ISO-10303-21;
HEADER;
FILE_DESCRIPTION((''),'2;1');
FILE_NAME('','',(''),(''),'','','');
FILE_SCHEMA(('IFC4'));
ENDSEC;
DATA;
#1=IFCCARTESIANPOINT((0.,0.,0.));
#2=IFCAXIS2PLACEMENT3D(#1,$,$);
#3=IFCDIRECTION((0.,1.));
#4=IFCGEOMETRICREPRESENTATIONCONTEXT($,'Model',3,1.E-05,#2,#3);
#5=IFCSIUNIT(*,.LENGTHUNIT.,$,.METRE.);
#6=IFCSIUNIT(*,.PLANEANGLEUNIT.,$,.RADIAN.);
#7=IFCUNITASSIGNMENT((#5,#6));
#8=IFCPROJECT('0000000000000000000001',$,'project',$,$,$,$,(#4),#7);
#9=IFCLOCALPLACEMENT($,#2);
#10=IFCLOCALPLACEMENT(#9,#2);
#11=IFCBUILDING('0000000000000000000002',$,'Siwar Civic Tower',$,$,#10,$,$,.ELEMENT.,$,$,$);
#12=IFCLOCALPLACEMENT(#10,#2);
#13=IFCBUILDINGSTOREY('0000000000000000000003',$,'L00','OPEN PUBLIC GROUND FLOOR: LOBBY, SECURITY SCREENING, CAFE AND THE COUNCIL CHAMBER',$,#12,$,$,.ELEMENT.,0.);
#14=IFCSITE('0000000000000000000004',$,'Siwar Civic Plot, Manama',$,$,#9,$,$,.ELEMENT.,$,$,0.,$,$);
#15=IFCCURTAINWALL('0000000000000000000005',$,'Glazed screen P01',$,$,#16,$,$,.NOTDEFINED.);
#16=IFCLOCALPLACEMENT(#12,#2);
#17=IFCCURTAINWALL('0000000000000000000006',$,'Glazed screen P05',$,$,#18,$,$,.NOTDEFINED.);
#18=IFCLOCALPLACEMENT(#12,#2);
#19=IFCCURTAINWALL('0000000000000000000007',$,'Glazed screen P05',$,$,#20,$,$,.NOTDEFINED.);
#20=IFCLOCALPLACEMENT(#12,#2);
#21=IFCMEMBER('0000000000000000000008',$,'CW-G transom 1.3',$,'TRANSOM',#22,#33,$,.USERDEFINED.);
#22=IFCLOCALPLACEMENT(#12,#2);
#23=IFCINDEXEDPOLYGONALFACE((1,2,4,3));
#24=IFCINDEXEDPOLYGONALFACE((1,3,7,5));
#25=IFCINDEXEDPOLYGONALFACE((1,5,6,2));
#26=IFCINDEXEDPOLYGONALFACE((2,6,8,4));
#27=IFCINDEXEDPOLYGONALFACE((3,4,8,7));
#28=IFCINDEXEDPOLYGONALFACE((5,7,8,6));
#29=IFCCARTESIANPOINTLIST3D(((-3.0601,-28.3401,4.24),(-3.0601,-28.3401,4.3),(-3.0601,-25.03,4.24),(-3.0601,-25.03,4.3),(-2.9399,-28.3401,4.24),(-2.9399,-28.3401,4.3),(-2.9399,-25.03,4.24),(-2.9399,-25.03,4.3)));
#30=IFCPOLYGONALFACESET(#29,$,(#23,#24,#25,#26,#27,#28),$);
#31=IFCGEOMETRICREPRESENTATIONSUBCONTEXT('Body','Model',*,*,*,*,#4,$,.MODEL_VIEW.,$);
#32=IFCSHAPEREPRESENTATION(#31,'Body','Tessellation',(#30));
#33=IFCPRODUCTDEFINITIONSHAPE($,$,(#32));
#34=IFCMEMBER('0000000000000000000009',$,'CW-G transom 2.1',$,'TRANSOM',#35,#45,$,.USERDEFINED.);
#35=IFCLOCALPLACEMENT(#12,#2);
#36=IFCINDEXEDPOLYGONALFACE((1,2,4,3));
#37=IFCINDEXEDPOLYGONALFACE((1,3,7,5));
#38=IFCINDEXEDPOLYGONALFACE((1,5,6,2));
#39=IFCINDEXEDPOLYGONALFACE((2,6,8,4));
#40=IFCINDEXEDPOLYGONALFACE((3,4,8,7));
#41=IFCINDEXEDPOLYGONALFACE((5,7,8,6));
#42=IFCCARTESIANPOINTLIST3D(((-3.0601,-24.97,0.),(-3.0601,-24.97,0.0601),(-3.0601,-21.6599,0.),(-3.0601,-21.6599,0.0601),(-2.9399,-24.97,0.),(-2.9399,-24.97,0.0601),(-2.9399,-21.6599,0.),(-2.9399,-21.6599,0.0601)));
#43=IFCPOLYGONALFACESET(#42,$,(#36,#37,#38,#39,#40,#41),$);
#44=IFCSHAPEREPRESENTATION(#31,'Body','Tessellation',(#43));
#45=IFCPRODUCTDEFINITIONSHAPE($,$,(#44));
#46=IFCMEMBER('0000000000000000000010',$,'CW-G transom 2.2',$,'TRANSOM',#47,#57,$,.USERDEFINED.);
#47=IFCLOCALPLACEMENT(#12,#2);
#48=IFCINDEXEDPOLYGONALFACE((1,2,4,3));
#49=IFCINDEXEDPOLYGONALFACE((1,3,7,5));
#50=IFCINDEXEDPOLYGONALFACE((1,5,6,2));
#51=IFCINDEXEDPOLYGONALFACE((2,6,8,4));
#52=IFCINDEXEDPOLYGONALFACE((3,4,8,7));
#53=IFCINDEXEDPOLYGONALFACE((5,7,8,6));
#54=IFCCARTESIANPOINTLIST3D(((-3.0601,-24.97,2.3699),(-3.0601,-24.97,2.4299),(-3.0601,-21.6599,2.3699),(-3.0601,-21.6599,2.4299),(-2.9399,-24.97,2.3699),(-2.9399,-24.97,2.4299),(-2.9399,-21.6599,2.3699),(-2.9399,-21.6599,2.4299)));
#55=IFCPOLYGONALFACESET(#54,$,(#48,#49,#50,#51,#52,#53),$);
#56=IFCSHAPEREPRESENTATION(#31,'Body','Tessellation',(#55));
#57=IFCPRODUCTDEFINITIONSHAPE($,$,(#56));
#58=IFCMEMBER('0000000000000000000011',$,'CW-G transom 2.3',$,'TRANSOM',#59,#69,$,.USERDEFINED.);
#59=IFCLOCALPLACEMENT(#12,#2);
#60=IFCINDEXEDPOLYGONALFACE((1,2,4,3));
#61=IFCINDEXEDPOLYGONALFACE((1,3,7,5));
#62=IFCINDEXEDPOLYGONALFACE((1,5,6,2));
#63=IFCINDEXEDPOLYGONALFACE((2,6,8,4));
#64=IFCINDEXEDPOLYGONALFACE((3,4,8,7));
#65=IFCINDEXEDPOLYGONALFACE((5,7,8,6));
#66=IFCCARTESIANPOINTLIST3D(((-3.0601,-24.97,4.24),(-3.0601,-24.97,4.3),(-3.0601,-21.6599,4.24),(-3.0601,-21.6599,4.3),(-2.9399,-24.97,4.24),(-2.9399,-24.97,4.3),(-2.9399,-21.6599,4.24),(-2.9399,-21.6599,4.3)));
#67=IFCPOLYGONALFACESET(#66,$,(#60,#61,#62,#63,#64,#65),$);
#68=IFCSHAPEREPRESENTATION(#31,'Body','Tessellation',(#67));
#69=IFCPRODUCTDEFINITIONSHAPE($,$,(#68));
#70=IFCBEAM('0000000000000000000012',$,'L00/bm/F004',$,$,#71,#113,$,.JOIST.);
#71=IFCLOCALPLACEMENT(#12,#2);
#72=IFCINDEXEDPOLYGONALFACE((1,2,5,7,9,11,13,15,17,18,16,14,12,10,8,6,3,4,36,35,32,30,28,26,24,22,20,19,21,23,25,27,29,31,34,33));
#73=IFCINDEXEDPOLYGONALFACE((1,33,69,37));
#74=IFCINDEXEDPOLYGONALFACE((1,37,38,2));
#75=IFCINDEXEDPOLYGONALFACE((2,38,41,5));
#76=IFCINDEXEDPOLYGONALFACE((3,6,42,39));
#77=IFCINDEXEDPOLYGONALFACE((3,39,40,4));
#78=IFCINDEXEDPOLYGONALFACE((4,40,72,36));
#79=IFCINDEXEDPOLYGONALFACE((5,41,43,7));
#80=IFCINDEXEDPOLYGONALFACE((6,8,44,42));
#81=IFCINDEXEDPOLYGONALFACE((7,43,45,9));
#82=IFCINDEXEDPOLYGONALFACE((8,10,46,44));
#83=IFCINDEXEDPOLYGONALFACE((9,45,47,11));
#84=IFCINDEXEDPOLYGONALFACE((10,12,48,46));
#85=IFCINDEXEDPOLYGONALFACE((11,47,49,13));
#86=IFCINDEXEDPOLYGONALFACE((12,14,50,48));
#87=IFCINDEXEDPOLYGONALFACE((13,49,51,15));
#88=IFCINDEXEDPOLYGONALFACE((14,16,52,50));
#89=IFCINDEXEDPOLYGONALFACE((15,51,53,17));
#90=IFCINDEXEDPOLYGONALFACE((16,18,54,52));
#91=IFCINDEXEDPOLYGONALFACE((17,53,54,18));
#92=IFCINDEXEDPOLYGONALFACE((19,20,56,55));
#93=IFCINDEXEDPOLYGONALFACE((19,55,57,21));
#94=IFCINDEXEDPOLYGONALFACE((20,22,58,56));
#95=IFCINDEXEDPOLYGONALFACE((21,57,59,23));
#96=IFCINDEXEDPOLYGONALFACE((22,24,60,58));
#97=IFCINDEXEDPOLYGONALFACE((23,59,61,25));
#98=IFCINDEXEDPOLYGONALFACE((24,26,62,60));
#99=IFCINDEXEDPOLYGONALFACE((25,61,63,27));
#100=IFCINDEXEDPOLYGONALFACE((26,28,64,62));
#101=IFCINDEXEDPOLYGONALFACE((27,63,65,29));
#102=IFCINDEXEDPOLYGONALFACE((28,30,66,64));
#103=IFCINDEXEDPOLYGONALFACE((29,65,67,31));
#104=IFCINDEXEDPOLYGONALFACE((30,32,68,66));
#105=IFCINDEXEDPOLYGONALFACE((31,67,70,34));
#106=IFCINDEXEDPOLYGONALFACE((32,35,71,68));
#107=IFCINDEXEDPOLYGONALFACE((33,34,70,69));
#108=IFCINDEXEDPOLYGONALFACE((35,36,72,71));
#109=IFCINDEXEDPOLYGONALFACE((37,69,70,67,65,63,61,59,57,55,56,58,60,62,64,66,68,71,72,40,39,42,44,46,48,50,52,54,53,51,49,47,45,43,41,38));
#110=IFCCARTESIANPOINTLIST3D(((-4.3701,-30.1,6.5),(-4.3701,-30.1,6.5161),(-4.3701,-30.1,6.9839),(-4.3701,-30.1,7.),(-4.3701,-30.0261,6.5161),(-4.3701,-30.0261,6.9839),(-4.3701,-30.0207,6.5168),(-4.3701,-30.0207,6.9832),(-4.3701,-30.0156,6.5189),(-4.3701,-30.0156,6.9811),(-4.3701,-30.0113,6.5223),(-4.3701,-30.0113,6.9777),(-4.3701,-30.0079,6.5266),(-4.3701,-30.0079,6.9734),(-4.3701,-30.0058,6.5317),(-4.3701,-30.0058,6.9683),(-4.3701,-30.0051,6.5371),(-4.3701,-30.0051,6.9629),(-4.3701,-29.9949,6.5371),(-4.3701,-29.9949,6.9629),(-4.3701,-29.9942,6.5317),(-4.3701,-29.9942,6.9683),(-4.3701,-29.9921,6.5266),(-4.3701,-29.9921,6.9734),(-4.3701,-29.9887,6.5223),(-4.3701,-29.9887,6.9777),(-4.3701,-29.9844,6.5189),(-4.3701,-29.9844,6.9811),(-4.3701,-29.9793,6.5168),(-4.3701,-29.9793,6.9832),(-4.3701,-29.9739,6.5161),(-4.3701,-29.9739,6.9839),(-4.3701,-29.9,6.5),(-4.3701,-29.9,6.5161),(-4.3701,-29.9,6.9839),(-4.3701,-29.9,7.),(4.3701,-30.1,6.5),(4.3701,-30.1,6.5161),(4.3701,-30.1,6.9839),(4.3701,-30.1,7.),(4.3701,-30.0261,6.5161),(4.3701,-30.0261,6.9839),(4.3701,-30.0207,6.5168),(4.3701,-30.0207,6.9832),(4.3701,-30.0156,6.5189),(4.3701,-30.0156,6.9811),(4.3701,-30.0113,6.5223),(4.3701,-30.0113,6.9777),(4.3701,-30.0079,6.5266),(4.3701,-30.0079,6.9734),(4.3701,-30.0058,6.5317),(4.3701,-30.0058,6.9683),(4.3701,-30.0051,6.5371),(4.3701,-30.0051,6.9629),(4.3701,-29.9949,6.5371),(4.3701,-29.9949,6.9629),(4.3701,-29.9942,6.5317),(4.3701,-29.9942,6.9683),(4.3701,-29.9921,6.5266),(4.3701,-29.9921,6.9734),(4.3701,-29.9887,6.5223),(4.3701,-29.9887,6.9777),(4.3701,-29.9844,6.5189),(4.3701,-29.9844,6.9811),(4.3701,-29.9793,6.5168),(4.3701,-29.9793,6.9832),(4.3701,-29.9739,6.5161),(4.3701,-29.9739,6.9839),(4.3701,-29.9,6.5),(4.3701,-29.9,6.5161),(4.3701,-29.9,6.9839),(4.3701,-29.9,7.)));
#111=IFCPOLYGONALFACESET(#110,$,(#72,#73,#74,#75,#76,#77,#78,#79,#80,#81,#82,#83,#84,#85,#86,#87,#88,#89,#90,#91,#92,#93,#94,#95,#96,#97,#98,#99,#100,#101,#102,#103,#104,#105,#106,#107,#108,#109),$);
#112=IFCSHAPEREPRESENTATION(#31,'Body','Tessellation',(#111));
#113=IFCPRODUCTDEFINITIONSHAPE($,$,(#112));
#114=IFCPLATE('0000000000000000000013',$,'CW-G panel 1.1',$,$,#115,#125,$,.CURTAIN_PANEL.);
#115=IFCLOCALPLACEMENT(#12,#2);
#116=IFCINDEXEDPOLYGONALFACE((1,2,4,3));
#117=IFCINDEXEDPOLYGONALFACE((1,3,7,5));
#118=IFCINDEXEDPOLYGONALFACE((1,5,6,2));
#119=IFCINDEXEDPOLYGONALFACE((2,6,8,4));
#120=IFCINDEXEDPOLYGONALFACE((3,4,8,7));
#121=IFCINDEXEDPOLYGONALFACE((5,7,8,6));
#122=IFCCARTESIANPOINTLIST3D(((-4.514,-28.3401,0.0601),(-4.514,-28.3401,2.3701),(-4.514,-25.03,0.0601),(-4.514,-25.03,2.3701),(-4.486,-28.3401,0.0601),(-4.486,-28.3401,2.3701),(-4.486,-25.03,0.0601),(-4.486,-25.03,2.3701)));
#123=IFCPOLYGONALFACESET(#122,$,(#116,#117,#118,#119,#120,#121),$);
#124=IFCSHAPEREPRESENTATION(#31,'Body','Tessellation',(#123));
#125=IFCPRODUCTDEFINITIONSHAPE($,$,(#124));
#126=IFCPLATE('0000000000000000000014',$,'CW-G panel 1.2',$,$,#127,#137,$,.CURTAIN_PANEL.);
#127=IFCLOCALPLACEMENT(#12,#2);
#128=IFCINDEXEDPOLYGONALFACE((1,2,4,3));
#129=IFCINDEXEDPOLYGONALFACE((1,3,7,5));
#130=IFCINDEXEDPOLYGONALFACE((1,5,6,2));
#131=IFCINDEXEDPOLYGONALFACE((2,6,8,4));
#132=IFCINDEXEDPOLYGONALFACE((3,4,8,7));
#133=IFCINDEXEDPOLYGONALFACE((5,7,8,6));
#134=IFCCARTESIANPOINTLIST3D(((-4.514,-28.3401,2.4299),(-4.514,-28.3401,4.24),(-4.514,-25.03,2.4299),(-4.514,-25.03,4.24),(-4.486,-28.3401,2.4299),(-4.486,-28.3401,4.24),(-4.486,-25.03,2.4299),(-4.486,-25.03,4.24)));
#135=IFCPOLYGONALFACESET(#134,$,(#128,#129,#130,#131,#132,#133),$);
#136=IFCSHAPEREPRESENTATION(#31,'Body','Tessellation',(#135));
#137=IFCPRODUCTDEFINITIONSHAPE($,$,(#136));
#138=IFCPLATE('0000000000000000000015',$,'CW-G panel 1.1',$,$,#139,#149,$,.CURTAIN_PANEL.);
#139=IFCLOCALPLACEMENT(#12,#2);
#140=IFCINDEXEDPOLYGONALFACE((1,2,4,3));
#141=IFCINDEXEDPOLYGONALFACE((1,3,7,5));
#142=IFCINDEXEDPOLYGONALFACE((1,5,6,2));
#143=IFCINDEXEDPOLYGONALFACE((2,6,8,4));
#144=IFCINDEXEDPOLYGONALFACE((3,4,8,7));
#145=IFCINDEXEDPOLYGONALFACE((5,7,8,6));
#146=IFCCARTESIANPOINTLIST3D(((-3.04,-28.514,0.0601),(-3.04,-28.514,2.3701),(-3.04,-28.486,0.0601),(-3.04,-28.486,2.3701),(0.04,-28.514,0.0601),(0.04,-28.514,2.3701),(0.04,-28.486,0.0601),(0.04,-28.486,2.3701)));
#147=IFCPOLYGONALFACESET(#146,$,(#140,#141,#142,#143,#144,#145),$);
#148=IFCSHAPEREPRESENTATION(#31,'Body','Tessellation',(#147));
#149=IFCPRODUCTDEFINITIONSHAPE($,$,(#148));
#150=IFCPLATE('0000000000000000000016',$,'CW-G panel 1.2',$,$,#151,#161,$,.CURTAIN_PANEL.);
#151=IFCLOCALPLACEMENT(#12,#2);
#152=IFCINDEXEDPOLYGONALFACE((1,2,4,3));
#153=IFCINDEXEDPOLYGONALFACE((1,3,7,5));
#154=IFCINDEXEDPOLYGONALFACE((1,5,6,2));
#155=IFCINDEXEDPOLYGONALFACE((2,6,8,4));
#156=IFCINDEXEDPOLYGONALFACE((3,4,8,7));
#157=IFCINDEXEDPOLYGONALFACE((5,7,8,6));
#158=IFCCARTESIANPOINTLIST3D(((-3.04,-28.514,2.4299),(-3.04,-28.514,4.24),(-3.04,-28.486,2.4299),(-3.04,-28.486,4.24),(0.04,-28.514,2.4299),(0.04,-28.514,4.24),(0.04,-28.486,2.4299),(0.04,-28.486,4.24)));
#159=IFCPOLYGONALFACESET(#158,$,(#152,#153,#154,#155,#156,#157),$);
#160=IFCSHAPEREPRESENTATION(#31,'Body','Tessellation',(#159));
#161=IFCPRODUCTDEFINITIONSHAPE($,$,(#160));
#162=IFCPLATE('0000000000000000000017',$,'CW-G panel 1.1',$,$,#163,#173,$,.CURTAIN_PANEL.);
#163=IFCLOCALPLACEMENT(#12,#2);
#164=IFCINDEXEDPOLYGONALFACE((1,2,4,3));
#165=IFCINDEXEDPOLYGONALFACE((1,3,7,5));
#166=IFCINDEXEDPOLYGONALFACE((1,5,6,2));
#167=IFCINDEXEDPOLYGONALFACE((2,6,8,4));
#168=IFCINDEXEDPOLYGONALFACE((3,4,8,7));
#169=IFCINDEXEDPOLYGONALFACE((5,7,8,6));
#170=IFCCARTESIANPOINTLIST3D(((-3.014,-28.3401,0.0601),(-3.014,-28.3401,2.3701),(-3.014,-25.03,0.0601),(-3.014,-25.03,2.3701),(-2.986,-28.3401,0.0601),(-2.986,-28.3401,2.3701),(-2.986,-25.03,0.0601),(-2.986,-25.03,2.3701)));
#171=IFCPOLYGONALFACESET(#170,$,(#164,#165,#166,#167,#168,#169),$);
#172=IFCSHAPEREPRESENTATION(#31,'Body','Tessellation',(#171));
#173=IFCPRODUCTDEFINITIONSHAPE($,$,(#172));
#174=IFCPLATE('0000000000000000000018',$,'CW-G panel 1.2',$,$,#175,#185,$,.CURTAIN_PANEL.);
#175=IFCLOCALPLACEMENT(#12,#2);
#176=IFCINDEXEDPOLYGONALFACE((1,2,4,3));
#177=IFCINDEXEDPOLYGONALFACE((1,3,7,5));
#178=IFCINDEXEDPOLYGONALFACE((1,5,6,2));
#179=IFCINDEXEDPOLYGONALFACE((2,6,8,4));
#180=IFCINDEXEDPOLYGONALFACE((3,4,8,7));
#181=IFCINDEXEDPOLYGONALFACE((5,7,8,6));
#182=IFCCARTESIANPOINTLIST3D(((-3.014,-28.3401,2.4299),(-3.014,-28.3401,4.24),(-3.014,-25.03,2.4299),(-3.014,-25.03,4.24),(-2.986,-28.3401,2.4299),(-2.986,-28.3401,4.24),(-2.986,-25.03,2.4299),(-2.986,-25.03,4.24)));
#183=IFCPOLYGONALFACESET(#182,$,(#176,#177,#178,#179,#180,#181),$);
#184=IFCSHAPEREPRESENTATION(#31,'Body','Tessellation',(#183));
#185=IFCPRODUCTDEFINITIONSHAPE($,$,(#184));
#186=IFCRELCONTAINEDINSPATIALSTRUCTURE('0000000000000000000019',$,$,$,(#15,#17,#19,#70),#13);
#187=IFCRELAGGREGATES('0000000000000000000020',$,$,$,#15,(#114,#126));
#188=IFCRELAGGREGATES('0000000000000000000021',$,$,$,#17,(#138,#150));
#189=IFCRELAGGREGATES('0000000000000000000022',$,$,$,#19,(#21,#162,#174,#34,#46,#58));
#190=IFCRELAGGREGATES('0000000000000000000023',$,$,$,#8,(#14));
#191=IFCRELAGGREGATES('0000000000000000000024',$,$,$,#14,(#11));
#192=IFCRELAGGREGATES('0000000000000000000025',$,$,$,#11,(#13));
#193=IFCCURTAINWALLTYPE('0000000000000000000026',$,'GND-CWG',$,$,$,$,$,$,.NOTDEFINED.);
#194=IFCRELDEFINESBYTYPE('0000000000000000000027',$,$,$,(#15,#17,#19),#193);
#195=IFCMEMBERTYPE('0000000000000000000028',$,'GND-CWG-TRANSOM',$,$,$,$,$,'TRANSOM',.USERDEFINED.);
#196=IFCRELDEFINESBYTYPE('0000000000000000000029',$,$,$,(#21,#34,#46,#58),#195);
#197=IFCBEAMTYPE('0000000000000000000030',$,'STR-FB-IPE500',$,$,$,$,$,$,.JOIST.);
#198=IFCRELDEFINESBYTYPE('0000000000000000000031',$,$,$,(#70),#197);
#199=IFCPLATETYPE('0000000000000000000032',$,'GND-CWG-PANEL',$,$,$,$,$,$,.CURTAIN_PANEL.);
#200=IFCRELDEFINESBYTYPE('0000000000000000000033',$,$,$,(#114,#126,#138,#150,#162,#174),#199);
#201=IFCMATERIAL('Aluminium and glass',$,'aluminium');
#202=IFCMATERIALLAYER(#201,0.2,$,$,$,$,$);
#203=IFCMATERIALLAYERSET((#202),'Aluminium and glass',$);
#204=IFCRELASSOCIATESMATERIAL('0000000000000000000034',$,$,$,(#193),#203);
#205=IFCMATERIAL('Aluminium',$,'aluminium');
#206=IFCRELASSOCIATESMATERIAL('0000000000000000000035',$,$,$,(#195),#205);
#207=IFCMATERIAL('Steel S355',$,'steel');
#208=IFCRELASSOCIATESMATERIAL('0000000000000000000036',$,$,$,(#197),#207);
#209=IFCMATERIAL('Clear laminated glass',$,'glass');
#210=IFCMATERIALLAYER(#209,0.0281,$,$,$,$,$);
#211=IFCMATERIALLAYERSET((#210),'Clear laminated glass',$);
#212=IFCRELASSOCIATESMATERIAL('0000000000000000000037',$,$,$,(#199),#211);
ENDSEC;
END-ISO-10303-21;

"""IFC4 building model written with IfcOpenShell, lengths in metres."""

from ifc_helpers import new_model, si_unit, direction, frame, origin, origin_2d, place, context, subcontext, project, spatial, rectangle, i_section, extrude, material, layer, layer_set, material_profile, profile_set, type_object, element, aggregate, save


model = new_model("IFC4")

# Units and contexts
model_context = context("Model", 3, precision=1e-05, world=origin(), true_north=direction((0.0, 1.0)))
body_context = subcontext(model_context, "Body", "Model", "MODEL_VIEW")
ifc_project = project(units=[si_unit("LENGTHUNIT", "METRE"), si_unit("PLANEANGLEUNIT", "RADIAN")], contexts=[model_context])

# Site, building, storey
site_placement = place(None, origin())
site = spatial("IfcSite", under=ifc_project, at=site_placement, Name="Siwar Civic Plot, Manama", CompositionType="ELEMENT", RefElevation=0.0)
building_placement = place(site_placement, origin())
building = spatial("IfcBuilding", under=site, at=building_placement, Name="Siwar Civic Tower", CompositionType="ELEMENT")
storey_placement = place(building_placement, origin())
storey = spatial("IfcBuildingStorey", under=building, at=storey_placement, Name="L00", Description="OPEN PUBLIC GROUND FLOOR: LOBBY, SECURITY SCREENING, CAFE AND THE COUNCIL CHAMBER", CompositionType="ELEMENT", Elevation=0.0)

# Curtain walls
ifc_material_1 = material(Name="Aluminium and glass", Category="aluminium")
ifc_layer_1 = layer(ifc_material_1, 0.2)
ifc_layer_set_1 = layer_set([ifc_layer_1], Name="Aluminium and glass")
curtain_wall_type = type_object("IfcCurtainWallType", Name="GND-CWG", PredefinedType="NOTDEFINED", material=ifc_layer_set_1)
curtain_wall_1_placement = place(storey_placement, origin())
curtain_wall_1 = element("IfcCurtainWall", 1, at=curtain_wall_1_placement, inside=storey, type_object=curtain_wall_type, Name="Glazed screen P01", PredefinedType="NOTDEFINED")
curtain_wall_2_placement = place(storey_placement, origin())
curtain_wall_2 = element("IfcCurtainWall", 2, at=curtain_wall_2_placement, inside=storey, type_object=curtain_wall_type, Name="Glazed screen P05", PredefinedType="NOTDEFINED")

# Curtain wall
curtain_wall_3_placement = place(storey_placement, origin())
curtain_wall_3 = element("IfcCurtainWall", 3, at=curtain_wall_3_placement, inside=storey, type_object=curtain_wall_type, Name="Glazed screen P05", PredefinedType="NOTDEFINED")

# Members
ifc_material_2 = material(Name="Aluminium", Category="aluminium")
ifc_material_profile_1 = material_profile(ifc_material_2, rectangle(XDim=0.1201, YDim=0.0601, at=origin_2d()), Name="AL 120x60")
ifc_profile_set_1 = profile_set([ifc_material_profile_1], Name="Aluminium")
member_type_1 = type_object("IfcMemberType", Name="GND-CWG-TRANSOM", ElementType="TRANSOM", PredefinedType="USERDEFINED", material=ifc_profile_set_1)
member_1_placement = place(storey_placement, frame((-3.0, -28.3401, 4.27), z_axis=(0.0, 1.0, 0.0), x_axis=(-1.0, 0.0, 0.0)))
member_1 = element("IfcMember", 4, at=member_1_placement, type_object=member_type_1, Name="CW-G transom 1.3", ObjectType="TRANSOM", PredefinedType="USERDEFINED", context=body_context, shape_type="SweptSolid", body=[
    extrude(rectangle(XDim=0.1201, YDim=0.0601, at=origin_2d()), origin(), (0.0, 0.0, 1.0), 3.3101),
])
member_2_placement = place(storey_placement, frame((-3.0, -24.97, 0.03), z_axis=(0.0, 1.0, 0.0), x_axis=(-1.0, 0.0, 0.0)))
member_2 = element("IfcMember", 5, at=member_2_placement, type_object=member_type_1, Name="CW-G transom 2.1", ObjectType="TRANSOM", PredefinedType="USERDEFINED", context=body_context, shape_type="SweptSolid", body=[
    extrude(rectangle(XDim=0.1201, YDim=0.0601, at=origin_2d()), origin(), (0.0, 0.0, 1.0), 3.3101),
])
member_3_placement = place(storey_placement, frame((-3.0, -24.97, 2.3999), z_axis=(0.0, 1.0, 0.0), x_axis=(-1.0, 0.0, 0.0)))
member_3 = element("IfcMember", 6, at=member_3_placement, type_object=member_type_1, Name="CW-G transom 2.2", ObjectType="TRANSOM", PredefinedType="USERDEFINED", context=body_context, shape_type="SweptSolid", body=[
    extrude(rectangle(XDim=0.1201, YDim=0.0601, at=origin_2d()), origin(), (0.0, 0.0, 1.0), 3.3101),
])
member_4_placement = place(storey_placement, frame((-3.0, -24.97, 4.27), z_axis=(0.0, 1.0, 0.0), x_axis=(-1.0, 0.0, 0.0)))
member_4 = element("IfcMember", 7, at=member_4_placement, type_object=member_type_1, Name="CW-G transom 2.3", ObjectType="TRANSOM", PredefinedType="USERDEFINED", context=body_context, shape_type="SweptSolid", body=[
    extrude(rectangle(XDim=0.1201, YDim=0.0601, at=origin_2d()), origin(), (0.0, 0.0, 1.0), 3.3101),
])

# Beam
ifc_material_3 = material(Name="Steel S355", Category="steel")
ifc_material_profile_2 = material_profile(ifc_material_3, i_section(OverallWidth=0.2, OverallDepth=0.5, WebThickness=0.0103, FlangeThickness=0.0161, FilletRadius=0.021, at=origin_2d()), Name="IPE500")
ifc_profile_set_2 = profile_set([ifc_material_profile_2], Name="Steel S355")
beam_type = type_object("IfcBeamType", Name="STR-FB-IPE500", PredefinedType="JOIST", material=ifc_profile_set_2)
beam_placement = place(storey_placement, frame((-4.3701, -30.0, 6.75), z_axis=(1.0, 0.0, 0.0), x_axis=(0.0, 1.0, 0.0)))
element("IfcBeam", 8, at=beam_placement, inside=storey, type_object=beam_type, Name="L00/bm/F004", PredefinedType="JOIST", context=body_context, shape_type="SweptSolid", body=[
    extrude(i_section(OverallWidth=0.2, OverallDepth=0.5, WebThickness=0.0103, FlangeThickness=0.0161, FilletRadius=0.021, at=origin_2d()), origin(), (0.0, 0.0, 1.0), 8.7402),
])

# Plates
ifc_material_4 = material(Name="Clear laminated glass", Category="glass")
ifc_layer_2 = layer(ifc_material_4, 0.0281)
ifc_layer_set_2 = layer_set([ifc_layer_2], Name="Clear laminated glass")
plate_type = type_object("IfcPlateType", Name="GND-CWG-PANEL", PredefinedType="CURTAIN_PANEL", material=ifc_layer_set_2)
plate_1_placement = place(storey_placement, frame((-4.5, -26.6851, 0.0601), z_axis=(0.0, 0.0, 1.0), x_axis=(0.0, 1.0, 0.0)))
plate_1 = element("IfcPlate", 9, at=plate_1_placement, type_object=plate_type, Name="CW-G panel 1.1", PredefinedType="CURTAIN_PANEL", context=body_context, shape_type="SweptSolid", body=[
    extrude(rectangle(XDim=3.3101, YDim=0.0281, at=origin_2d()), origin(), (0.0, 0.0, 1.0), 2.3101),
])
plate_2_placement = place(storey_placement, frame((-4.5, -26.6851, 2.4299), z_axis=(0.0, 0.0, 1.0), x_axis=(0.0, 1.0, 0.0)))
plate_2 = element("IfcPlate", 10, at=plate_2_placement, type_object=plate_type, Name="CW-G panel 1.2", PredefinedType="CURTAIN_PANEL", context=body_context, shape_type="SweptSolid", body=[
    extrude(rectangle(XDim=3.3101, YDim=0.0281, at=origin_2d()), origin(), (0.0, 0.0, 1.0), 1.8101),
])
aggregate(curtain_wall_1, [plate_1, plate_2])
plate_3_placement = place(storey_placement, frame((-1.5, -28.5, 0.0601), z_axis=(0.0, 0.0, 1.0), x_axis=(1.0, 0.0, 0.0)))
plate_3 = element("IfcPlate", 11, at=plate_3_placement, type_object=plate_type, Name="CW-G panel 1.1", PredefinedType="CURTAIN_PANEL", context=body_context, shape_type="SweptSolid", body=[
    extrude(rectangle(XDim=3.0801, YDim=0.0281, at=origin_2d()), origin(), (0.0, 0.0, 1.0), 2.3101),
])
plate_4_placement = place(storey_placement, frame((-1.5, -28.5, 2.4299), z_axis=(0.0, 0.0, 1.0), x_axis=(1.0, 0.0, 0.0)))
plate_4 = element("IfcPlate", 12, at=plate_4_placement, type_object=plate_type, Name="CW-G panel 1.2", PredefinedType="CURTAIN_PANEL", context=body_context, shape_type="SweptSolid", body=[
    extrude(rectangle(XDim=3.0801, YDim=0.0281, at=origin_2d()), origin(), (0.0, 0.0, 1.0), 1.8101),
])
aggregate(curtain_wall_2, [plate_3, plate_4])
plate_5_placement = place(storey_placement, frame((-3.0, -26.6851, 0.0601), z_axis=(0.0, 0.0, 1.0), x_axis=(0.0, 1.0, 0.0)))
plate_5 = element("IfcPlate", 13, at=plate_5_placement, type_object=plate_type, Name="CW-G panel 1.1", PredefinedType="CURTAIN_PANEL", context=body_context, shape_type="SweptSolid", body=[
    extrude(rectangle(XDim=3.3101, YDim=0.0281, at=origin_2d()), origin(), (0.0, 0.0, 1.0), 2.3101),
])
plate_6_placement = place(storey_placement, frame((-3.0, -26.6851, 2.4299), z_axis=(0.0, 0.0, 1.0), x_axis=(0.0, 1.0, 0.0)))
plate_6 = element("IfcPlate", 14, at=plate_6_placement, type_object=plate_type, Name="CW-G panel 1.2", PredefinedType="CURTAIN_PANEL", context=body_context, shape_type="SweptSolid", body=[
    extrude(rectangle(XDim=3.3101, YDim=0.0281, at=origin_2d()), origin(), (0.0, 0.0, 1.0), 1.8101),
])
aggregate(curtain_wall_3, [member_1, plate_5, plate_6, member_2, member_3, member_4])

save(model, "model.ifc")
